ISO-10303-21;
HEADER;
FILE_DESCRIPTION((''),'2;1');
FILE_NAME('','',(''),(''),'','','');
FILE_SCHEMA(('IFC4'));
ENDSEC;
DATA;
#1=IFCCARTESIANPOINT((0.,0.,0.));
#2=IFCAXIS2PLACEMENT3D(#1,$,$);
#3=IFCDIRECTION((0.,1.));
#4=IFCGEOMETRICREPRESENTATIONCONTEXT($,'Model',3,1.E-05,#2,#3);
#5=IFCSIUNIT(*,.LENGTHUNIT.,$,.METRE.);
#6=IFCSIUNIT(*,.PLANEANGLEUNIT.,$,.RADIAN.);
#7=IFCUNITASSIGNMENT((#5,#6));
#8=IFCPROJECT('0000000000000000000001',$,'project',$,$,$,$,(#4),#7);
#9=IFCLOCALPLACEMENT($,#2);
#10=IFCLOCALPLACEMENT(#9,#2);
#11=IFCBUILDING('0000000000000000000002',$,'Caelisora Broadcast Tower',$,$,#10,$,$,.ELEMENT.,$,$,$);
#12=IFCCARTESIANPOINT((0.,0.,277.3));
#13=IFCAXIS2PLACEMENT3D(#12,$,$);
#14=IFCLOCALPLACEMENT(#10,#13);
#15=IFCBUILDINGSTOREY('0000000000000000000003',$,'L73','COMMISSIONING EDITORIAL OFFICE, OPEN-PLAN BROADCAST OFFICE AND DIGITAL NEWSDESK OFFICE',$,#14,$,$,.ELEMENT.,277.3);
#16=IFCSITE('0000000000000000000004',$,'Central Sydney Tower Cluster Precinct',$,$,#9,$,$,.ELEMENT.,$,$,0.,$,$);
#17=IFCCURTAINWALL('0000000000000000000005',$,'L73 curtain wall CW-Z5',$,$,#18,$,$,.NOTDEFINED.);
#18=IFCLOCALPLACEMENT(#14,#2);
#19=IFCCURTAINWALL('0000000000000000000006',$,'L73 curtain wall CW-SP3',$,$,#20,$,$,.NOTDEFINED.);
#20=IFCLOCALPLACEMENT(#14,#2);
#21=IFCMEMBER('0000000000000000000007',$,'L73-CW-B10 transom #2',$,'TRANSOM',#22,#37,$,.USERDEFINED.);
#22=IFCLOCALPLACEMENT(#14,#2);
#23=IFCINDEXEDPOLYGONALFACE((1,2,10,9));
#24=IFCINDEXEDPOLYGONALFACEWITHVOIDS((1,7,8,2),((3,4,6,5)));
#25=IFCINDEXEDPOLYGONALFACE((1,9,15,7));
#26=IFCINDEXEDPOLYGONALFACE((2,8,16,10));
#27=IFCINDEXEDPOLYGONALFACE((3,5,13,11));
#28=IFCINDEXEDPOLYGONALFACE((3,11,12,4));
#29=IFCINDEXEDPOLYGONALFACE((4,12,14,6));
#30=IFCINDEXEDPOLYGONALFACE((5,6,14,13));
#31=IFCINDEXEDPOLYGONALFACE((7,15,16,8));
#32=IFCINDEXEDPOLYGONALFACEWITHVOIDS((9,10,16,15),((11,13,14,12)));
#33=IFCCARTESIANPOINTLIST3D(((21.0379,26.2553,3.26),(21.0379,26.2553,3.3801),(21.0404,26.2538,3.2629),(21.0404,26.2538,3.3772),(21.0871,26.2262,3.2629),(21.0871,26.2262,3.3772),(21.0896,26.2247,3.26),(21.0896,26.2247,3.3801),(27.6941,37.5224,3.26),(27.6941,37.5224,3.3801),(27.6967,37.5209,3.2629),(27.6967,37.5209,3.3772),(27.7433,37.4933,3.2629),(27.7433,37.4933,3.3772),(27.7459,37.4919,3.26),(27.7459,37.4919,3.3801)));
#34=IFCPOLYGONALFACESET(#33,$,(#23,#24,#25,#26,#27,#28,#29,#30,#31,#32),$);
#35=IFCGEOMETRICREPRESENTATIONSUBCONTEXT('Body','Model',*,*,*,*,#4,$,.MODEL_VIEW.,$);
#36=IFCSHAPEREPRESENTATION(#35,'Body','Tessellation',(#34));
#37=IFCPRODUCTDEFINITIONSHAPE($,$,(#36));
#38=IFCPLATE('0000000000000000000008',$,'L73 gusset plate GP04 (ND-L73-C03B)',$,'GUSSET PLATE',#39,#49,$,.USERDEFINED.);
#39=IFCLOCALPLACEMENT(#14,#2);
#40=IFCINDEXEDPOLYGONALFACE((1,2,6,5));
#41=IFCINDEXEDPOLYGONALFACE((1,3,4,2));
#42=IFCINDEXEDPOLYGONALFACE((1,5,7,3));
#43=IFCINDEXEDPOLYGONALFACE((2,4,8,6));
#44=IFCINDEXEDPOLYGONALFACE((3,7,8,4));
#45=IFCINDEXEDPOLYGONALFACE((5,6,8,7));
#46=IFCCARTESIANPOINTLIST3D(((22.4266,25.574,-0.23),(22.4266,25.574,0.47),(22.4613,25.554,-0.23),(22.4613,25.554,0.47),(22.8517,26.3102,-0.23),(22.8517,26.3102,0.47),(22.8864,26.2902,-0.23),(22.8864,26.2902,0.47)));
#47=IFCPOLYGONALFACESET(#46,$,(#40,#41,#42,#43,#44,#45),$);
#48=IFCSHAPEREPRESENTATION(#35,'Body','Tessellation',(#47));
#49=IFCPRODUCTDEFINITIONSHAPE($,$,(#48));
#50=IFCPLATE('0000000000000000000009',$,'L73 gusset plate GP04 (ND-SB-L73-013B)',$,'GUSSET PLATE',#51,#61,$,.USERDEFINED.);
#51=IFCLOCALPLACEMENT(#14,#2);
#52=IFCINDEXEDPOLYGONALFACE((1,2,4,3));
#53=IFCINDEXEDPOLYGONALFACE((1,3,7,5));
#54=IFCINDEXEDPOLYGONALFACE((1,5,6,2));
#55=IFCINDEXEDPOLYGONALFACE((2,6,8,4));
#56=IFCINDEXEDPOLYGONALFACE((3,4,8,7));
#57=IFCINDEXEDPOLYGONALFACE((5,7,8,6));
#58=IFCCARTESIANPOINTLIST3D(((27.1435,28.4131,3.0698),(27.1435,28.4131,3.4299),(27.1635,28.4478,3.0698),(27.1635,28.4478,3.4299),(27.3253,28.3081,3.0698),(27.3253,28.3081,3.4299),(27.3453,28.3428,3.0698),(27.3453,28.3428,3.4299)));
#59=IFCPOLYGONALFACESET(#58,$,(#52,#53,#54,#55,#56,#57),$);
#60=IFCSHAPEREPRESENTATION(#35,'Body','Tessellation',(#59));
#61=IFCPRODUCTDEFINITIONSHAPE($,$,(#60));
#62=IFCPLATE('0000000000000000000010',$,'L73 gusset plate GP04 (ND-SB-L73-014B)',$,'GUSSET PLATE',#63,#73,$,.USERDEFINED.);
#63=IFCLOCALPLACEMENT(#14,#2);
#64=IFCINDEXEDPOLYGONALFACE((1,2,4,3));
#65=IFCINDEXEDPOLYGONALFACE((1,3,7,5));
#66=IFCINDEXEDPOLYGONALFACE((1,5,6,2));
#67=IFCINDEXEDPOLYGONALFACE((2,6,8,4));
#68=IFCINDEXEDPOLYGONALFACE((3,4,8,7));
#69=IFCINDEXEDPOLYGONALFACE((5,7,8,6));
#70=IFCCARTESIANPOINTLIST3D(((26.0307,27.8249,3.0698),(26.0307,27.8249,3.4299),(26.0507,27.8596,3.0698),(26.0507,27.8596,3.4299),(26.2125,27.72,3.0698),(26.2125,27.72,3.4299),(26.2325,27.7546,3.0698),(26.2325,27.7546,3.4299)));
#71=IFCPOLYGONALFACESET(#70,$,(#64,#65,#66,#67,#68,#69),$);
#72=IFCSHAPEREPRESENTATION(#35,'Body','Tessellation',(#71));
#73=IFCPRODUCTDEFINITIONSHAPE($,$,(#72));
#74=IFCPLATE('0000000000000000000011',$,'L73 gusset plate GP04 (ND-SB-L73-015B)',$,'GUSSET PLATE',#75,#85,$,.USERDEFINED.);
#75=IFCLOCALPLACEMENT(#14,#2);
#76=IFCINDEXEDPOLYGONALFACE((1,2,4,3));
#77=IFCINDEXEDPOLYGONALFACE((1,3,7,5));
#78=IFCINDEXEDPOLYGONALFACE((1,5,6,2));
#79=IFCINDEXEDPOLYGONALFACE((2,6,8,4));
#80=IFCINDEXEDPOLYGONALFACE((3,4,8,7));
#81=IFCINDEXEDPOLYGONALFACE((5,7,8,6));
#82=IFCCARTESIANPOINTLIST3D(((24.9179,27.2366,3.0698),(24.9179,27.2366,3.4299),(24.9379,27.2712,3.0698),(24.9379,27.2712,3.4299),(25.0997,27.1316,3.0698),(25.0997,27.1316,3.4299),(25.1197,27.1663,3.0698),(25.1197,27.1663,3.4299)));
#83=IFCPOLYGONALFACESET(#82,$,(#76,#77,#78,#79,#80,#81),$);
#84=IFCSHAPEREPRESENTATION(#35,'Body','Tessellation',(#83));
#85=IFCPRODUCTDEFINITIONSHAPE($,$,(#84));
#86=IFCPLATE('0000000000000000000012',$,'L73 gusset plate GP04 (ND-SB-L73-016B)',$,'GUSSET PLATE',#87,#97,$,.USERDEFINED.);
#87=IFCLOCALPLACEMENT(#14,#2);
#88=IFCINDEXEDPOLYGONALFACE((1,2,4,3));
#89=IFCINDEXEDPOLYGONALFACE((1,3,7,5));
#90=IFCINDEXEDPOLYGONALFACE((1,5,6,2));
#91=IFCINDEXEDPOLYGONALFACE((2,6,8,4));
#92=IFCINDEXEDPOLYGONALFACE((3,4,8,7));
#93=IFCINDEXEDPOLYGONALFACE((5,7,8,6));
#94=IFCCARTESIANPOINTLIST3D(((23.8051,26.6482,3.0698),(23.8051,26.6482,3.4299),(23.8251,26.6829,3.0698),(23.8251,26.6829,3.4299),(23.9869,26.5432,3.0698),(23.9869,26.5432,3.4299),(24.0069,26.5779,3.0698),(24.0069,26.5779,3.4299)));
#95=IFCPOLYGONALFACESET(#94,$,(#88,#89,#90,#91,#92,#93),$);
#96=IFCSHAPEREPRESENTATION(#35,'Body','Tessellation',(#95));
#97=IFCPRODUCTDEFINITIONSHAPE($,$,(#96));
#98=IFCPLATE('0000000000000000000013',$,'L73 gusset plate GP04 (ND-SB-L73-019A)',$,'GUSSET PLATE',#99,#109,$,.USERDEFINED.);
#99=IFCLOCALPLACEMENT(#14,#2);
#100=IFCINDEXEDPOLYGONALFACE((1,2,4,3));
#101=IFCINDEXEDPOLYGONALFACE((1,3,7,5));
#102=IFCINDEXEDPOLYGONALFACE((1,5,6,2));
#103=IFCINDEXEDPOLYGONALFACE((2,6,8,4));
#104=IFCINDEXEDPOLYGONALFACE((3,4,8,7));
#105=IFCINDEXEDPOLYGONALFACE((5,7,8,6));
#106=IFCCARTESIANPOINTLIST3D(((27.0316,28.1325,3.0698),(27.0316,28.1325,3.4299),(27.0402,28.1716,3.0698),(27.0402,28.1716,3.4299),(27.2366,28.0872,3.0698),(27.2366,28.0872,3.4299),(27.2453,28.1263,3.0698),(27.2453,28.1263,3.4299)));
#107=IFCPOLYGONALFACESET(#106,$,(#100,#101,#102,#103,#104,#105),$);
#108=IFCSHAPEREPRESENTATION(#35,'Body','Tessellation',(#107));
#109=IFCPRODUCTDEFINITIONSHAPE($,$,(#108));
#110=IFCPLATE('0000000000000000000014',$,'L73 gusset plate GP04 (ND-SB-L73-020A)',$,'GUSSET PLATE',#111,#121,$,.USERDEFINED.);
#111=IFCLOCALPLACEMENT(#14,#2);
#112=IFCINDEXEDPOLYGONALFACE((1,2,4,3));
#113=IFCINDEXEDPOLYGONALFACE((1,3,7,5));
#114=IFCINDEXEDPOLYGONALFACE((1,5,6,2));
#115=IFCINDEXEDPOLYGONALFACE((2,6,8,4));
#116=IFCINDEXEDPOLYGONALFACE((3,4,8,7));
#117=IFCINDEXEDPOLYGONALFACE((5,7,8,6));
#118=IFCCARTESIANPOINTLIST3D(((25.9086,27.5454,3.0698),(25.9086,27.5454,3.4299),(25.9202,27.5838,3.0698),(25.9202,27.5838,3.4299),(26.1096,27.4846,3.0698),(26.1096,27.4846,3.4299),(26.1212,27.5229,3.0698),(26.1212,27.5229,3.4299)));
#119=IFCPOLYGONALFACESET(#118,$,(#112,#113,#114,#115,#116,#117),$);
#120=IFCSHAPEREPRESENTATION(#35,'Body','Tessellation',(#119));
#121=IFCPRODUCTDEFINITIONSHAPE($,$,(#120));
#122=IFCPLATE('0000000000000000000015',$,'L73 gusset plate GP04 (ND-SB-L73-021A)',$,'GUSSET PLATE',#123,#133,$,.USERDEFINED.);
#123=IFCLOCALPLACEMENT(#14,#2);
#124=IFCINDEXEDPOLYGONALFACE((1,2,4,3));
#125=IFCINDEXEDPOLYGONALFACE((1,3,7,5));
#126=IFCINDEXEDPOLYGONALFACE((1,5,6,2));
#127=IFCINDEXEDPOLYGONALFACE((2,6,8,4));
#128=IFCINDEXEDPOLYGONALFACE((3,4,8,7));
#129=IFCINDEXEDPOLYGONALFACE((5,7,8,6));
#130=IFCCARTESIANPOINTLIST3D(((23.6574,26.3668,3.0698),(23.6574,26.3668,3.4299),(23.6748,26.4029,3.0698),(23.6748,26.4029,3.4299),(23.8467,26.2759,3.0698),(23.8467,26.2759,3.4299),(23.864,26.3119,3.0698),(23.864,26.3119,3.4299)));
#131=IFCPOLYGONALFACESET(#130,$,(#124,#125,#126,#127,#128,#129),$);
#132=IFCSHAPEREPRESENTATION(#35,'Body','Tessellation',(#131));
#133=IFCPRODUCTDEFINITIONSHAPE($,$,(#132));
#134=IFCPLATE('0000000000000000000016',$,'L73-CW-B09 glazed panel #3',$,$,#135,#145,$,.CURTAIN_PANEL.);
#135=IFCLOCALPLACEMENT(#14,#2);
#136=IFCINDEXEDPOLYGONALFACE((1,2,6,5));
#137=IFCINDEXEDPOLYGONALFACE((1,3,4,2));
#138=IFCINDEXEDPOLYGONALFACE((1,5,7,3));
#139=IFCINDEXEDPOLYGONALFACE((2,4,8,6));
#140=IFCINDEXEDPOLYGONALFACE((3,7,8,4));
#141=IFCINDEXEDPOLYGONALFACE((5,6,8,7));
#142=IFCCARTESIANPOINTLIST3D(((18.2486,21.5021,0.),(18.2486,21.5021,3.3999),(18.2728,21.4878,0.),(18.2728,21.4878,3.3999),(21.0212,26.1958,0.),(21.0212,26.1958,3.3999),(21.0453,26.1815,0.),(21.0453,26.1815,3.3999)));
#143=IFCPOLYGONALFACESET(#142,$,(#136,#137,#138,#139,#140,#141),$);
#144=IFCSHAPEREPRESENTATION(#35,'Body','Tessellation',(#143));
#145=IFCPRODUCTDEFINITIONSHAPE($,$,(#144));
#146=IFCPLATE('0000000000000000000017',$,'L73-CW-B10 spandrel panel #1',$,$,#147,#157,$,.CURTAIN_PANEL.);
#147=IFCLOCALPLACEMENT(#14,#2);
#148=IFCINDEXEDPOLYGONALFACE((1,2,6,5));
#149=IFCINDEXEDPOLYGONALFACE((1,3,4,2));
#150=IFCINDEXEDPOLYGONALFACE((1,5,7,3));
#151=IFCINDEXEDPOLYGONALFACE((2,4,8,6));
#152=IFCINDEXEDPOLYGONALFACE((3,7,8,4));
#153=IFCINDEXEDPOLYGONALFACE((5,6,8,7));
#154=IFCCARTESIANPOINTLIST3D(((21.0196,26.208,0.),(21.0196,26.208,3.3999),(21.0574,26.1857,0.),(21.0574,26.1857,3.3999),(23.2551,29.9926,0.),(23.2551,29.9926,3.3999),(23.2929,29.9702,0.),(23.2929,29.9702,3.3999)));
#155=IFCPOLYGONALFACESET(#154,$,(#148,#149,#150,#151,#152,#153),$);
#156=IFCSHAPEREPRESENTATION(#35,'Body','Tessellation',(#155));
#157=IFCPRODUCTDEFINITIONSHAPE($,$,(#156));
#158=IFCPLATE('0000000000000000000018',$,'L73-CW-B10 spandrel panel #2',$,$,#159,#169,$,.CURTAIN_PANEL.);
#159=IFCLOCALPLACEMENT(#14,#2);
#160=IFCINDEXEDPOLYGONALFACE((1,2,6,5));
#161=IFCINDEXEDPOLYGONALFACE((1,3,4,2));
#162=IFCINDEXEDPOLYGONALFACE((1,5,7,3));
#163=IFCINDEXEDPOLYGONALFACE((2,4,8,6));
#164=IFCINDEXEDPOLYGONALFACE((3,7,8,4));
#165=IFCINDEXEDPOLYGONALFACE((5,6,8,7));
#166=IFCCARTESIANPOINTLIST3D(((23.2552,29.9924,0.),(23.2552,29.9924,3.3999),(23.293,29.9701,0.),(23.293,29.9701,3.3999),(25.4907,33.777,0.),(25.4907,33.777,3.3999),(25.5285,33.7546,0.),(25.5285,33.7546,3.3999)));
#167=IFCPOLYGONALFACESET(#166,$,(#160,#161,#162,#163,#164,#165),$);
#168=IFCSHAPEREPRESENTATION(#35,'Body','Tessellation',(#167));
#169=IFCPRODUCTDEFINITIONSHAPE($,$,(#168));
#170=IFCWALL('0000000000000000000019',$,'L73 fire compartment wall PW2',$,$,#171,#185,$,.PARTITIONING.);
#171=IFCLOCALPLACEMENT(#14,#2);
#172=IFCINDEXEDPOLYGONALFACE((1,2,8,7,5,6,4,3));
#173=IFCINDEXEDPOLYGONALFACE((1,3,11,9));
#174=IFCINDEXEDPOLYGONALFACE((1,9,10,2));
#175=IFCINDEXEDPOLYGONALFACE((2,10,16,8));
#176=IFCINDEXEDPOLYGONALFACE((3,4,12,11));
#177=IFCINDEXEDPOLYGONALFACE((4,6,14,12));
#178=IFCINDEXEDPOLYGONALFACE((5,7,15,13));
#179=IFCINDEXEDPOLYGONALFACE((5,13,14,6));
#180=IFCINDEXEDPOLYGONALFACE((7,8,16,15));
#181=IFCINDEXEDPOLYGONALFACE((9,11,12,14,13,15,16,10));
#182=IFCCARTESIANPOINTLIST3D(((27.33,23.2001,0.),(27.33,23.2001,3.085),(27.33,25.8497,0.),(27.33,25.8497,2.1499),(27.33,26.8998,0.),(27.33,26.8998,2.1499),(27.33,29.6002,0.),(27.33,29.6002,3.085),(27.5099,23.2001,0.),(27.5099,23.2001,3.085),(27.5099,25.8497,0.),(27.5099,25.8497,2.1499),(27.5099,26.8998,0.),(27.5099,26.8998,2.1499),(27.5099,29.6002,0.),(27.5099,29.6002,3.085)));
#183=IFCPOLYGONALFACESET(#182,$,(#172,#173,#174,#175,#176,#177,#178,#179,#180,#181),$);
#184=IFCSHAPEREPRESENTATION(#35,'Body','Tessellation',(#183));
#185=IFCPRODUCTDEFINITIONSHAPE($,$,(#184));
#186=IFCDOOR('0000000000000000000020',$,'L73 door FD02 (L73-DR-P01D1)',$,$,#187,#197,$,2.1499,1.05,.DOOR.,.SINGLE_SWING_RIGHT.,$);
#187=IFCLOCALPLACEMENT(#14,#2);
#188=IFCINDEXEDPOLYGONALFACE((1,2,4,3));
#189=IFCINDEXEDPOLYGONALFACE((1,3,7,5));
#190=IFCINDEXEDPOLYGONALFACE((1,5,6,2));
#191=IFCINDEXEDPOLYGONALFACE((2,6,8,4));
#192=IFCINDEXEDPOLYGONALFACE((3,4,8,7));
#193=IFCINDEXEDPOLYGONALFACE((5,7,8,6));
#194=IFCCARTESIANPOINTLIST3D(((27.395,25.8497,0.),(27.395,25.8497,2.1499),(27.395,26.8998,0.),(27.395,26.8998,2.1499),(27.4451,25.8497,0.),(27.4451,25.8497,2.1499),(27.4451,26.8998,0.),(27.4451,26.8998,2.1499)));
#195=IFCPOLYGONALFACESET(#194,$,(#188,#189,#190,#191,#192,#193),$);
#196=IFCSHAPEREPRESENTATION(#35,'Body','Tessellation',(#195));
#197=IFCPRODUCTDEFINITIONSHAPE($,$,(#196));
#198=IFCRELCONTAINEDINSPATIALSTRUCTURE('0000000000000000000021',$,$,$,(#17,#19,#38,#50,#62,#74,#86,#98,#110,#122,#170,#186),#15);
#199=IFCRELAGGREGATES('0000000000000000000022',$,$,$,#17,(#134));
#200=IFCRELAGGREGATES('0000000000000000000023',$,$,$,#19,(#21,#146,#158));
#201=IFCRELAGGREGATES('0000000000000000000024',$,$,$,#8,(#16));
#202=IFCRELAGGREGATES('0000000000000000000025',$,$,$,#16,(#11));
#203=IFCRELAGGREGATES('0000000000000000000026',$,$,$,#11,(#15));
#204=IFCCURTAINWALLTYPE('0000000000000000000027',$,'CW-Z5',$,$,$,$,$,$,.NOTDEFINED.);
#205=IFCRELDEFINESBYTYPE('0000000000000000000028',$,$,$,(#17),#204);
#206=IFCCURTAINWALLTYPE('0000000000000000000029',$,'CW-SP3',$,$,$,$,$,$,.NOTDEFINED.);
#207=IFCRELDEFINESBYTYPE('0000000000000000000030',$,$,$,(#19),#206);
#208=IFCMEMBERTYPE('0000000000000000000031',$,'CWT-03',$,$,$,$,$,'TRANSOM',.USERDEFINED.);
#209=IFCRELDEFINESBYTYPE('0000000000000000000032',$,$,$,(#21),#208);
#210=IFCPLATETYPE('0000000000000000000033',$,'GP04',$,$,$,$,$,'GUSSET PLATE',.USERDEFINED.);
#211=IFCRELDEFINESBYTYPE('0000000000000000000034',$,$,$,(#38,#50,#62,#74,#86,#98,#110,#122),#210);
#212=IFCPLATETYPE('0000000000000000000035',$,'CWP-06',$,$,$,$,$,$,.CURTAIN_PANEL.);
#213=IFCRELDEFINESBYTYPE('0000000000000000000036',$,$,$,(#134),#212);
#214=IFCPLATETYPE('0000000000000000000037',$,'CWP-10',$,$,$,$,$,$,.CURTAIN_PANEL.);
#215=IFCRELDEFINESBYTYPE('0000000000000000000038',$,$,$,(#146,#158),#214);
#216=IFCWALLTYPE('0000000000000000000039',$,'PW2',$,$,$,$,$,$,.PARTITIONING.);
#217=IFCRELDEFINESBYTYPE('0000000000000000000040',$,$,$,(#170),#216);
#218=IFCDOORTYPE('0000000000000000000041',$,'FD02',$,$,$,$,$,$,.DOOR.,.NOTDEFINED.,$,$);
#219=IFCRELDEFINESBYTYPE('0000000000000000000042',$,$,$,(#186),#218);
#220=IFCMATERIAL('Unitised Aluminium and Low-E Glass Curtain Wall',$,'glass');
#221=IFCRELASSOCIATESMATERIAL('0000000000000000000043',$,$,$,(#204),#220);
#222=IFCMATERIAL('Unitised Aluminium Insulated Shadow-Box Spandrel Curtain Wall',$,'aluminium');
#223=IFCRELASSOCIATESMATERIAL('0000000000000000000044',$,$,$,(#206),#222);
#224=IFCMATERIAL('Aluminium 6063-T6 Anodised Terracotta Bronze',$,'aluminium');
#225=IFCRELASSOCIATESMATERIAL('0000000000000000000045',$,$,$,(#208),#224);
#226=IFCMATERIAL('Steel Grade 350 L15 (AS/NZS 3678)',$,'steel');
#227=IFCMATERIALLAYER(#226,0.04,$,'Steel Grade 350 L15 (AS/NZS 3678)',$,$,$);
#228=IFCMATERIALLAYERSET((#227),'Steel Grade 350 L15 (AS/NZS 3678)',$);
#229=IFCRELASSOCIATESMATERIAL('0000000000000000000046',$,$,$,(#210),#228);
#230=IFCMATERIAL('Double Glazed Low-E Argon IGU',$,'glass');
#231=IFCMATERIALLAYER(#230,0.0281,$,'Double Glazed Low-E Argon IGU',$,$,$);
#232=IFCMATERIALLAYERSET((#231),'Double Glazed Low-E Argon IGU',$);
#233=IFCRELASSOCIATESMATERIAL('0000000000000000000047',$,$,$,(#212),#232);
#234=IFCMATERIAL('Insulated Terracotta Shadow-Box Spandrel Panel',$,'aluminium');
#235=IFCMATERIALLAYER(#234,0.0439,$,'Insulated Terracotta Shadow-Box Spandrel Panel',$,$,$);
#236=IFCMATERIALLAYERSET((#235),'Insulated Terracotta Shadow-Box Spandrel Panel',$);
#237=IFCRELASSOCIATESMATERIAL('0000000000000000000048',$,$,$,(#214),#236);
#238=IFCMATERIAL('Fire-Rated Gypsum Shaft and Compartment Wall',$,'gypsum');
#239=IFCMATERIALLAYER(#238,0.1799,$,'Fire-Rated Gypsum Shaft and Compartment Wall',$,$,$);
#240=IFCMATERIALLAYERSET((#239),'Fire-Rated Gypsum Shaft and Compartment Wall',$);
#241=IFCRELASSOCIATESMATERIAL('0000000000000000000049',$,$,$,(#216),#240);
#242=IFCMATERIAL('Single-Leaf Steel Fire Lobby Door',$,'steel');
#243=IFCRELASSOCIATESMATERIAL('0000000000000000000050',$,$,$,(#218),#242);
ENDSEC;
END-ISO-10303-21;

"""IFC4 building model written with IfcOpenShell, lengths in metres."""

from ifc_helpers import new_model, si_unit, direction, frame, frame_2d, origin, origin_2d, place, context, subcontext, project, spatial, rectangle, hollow_rectangle, extrude, source, transform, mapped, material, layer, layer_set, material_profile, profile_set, type_object, type_shapes, element, fill, aggregate, save


model = new_model("IFC4")

# Units and contexts
model_context = context("Model", 3, precision=1e-05, world=origin(), true_north=direction((0.0, 1.0)))
body_context = subcontext(model_context, "Body", "Model", "MODEL_VIEW")
ifc_project = project(units=[si_unit("LENGTHUNIT", "METRE"), si_unit("PLANEANGLEUNIT", "RADIAN")], contexts=[model_context])

# Site, building, storey
site_placement = place(None, origin())
site = spatial("IfcSite", under=ifc_project, at=site_placement, Name="Central Sydney Tower Cluster Precinct", CompositionType="ELEMENT", RefElevation=0.0)
building_placement = place(site_placement, origin())
building = spatial("IfcBuilding", under=site, at=building_placement, Name="Caelisora Broadcast Tower", CompositionType="ELEMENT")
storey_placement = place(building_placement, frame((0.0, 0.0, 277.3)))
storey = spatial("IfcBuildingStorey", under=building, at=storey_placement, Name="L73", Description="COMMISSIONING EDITORIAL OFFICE, OPEN-PLAN BROADCAST OFFICE AND DIGITAL NEWSDESK OFFICE", CompositionType="ELEMENT", Elevation=277.3)

# Shared definitions
ifc_material_1 = material(Name="Steel Grade 350 L15 (AS/NZS 3678)", Category="steel")

# Curtain wall
ifc_material_2 = material(Name="Unitised Aluminium and Low-E Glass Curtain Wall", Category="glass")
curtain_wall_type_1 = type_object("IfcCurtainWallType", Name="CW-Z5", PredefinedType="NOTDEFINED", material=ifc_material_2)
curtain_wall_1_placement = place(storey_placement, origin())
curtain_wall_1 = element("IfcCurtainWall", 1, at=curtain_wall_1_placement, inside=storey, type_object=curtain_wall_type_1, Name="L73 curtain wall CW-Z5", PredefinedType="NOTDEFINED")
ifc_material_3 = material(Name="Aluminium 6063-T6 Anodised Terracotta Bronze", Category="aluminium")

# Curtain wall, member
ifc_material_4 = material(Name="Unitised Aluminium Insulated Shadow-Box Spandrel Curtain Wall", Category="aluminium")
curtain_wall_type_2 = type_object("IfcCurtainWallType", Name="CW-SP3", PredefinedType="NOTDEFINED", material=ifc_material_4)
curtain_wall_2_placement = place(storey_placement, origin())
curtain_wall_2 = element("IfcCurtainWall", 2, at=curtain_wall_2_placement, inside=storey, type_object=curtain_wall_type_2, Name="L73 curtain wall CW-SP3", PredefinedType="NOTDEFINED")
ifc_material_profile_1 = material_profile(ifc_material_3, hollow_rectangle(XDim=0.0601, YDim=0.1201, WallThickness=0.0029, at=origin_2d()), Name="Aluminium 6063-T6 Anodised Terracotta Bronze")
ifc_profile_set_1 = profile_set([ifc_material_profile_1], Name="Aluminium 6063-T6 Anodised Terracotta Bronze")
member_type_1 = type_object("IfcMemberType", Name="CWT-03", ElementType="TRANSOM", PredefinedType="USERDEFINED", material=ifc_profile_set_1)
shared_shape_1 = source(origin(), body_context, "Body", "SweptSolid", [
    extrude(hollow_rectangle(XDim=0.0601, YDim=0.1201, WallThickness=0.0029, at=origin_2d()), origin(), (0.0, 0.0, 1.0), 13.0864),
])
type_shapes(member_type_1, [shared_shape_1])
member_1_placement = place(storey_placement, frame((21.0637, 26.24, 3.3201), z_axis=(0.50864, 0.860979, 0.0), x_axis=(-0.860979, 0.50864, 0.0)))
member_1 = element("IfcMember", 3, at=member_1_placement, type_object=member_type_1, Name="L73-CW-B10 transom #2", ObjectType="TRANSOM", PredefinedType="USERDEFINED", context=body_context, shape_type="MappedRepresentation", body=[
    mapped(shared_shape_1, transform((0.0, 0.0, 0.0), scale=1.0)),
])

# Plates
ifc_layer_1 = layer(ifc_material_1, 0.04, Name="Steel Grade 350 L15 (AS/NZS 3678)")
ifc_layer_set_1 = layer_set([ifc_layer_1], Name="Steel Grade 350 L15 (AS/NZS 3678)")
plate_type_1 = type_object("IfcPlateType", Name="GP04", ElementType="GUSSET PLATE", PredefinedType="USERDEFINED", material=ifc_layer_set_1)
shared_shape_2 = source(origin(), body_context, "Body", "SweptSolid", [
    extrude(rectangle(XDim=0.8501, YDim=0.04, at=origin_2d()), origin(), (0.0, 0.0, 1.0), 0.7),
])
plate_1_placement = place(storey_placement, frame((22.6565, 25.9321, -0.23), z_axis=(0.0, 0.0, 1.0), x_axis=(-0.5, -0.866025, 0.0)))
element("IfcPlate", 4, at=plate_1_placement, inside=storey, type_object=plate_type_1, Name="L73 gusset plate GP04 (ND-L73-C03B)", ObjectType="GUSSET PLATE", PredefinedType="USERDEFINED", context=body_context, shape_type="MappedRepresentation", body=[
    mapped(shared_shape_2, transform((0.0, 0.0, 0.0), scale=1.0)),
])
shared_shape_3 = source(origin(), body_context, "Body", "SweptSolid", [
    extrude(rectangle(XDim=0.21, YDim=0.04, at=origin_2d()), origin(), (0.0, 0.0, 1.0), 0.3601),
])
type_shapes(plate_type_1, [shared_shape_2, shared_shape_3])
for number, where, z_axis, x_axis, name in (
    (5, (27.2444, 28.3779, 3.0698), (0.0, 0.0, 1.0), (0.866025, -0.5, 0.0), "L73 gusset plate GP04 (ND-SB-L73-013B)"),
    (6, (26.1316, 27.7898, 3.0698), (0.0, 0.0, 1.0), (0.866025, -0.5, 0.0), "L73 gusset plate GP04 (ND-SB-L73-014B)"),
    (7, (25.0188, 27.2014, 3.0698), (0.0, 0.0, 1.0), (0.866025, -0.5, 0.0), "L73 gusset plate GP04 (ND-SB-L73-015B)"),
    (8, (23.906, 26.613, 3.0698), (0.0, 0.0, 1.0), (0.866025, -0.5, 0.0), "L73 gusset plate GP04 (ND-SB-L73-016B)"),
    (9, (27.1384, 28.1294, 3.0698), (0.0, 0.0, 1.0), (0.976447, -0.215758, 0.0), "L73 gusset plate GP04 (ND-SB-L73-019A)"),
    (10, (26.0149, 27.5342, 3.0698), (0.0, 0.0, 1.0), (0.957117, -0.2897, 0.0), "L73 gusset plate GP04 (ND-SB-L73-020A)"),
    (11, (23.7607, 26.3394, 3.0698), (0.0, 0.0, 1.0), (0.90138, -0.43303, 0.0), "L73 gusset plate GP04 (ND-SB-L73-021A)"),
):
    element("IfcPlate", number, at=place(storey_placement, frame(where, z_axis=z_axis, x_axis=x_axis)), inside=storey, type_object=plate_type_1, Name=name, ObjectType="GUSSET PLATE", PredefinedType="USERDEFINED", context=body_context, shape_type="MappedRepresentation", body=[
        mapped(shared_shape_3, transform((0.0, 0.0, 0.0), scale=1.0)),
    ])

# Plates
ifc_material_5 = material(Name="Double Glazed Low-E Argon IGU", Category="glass")
ifc_layer_2 = layer(ifc_material_5, 0.0281, Name="Double Glazed Low-E Argon IGU")
ifc_layer_set_2 = layer_set([ifc_layer_2], Name="Double Glazed Low-E Argon IGU")
plate_type_2 = type_object("IfcPlateType", Name="CWP-06", PredefinedType="CURTAIN_PANEL", material=ifc_layer_set_2)
shared_shape_4 = source(origin(), body_context, "Body", "SweptSolid", [
    extrude(rectangle(XDim=5.4514, YDim=0.0281, at=origin_2d()), origin(), (0.0, 0.0, 1.0), 3.3999),
])
type_shapes(plate_type_2, [shared_shape_4])
plate_2_placement = place(storey_placement, frame((19.647, 23.8418, 0.0), z_axis=(0.0, 0.0, 1.0), x_axis=(0.508591, 0.861008, 0.0)))
plate_2 = element("IfcPlate", 12, at=plate_2_placement, type_object=plate_type_2, Name="L73-CW-B09 glazed panel #3", PredefinedType="CURTAIN_PANEL", context=body_context, shape_type="MappedRepresentation", body=[
    mapped(shared_shape_4, transform((0.0, 0.0, 0.0), scale=1.0)),
])
aggregate(curtain_wall_1, [plate_2])
ifc_material_6 = material(Name="Insulated Terracotta Shadow-Box Spandrel Panel", Category="aluminium")
ifc_layer_3 = layer(ifc_material_6, 0.0439, Name="Insulated Terracotta Shadow-Box Spandrel Panel")
ifc_layer_set_3 = layer_set([ifc_layer_3], Name="Insulated Terracotta Shadow-Box Spandrel Panel")
plate_type_3 = type_object("IfcPlateType", Name="CWP-10", PredefinedType="CURTAIN_PANEL", material=ifc_layer_set_3)
shared_shape_5 = source(origin(), body_context, "Body", "SweptSolid", [
    extrude(rectangle(XDim=4.3955, YDim=0.0439, at=origin_2d()), origin(), (0.0, 0.0, 1.0), 3.3999),
])
type_shapes(plate_type_3, [shared_shape_5])
plate_3_placement = place(storey_placement, frame((22.1562, 28.0891, 0.0), z_axis=(0.0, 0.0, 1.0), x_axis=(0.508591, 0.861008, 0.0)))
plate_3 = element("IfcPlate", 13, at=plate_3_placement, type_object=plate_type_3, Name="L73-CW-B10 spandrel panel #1", PredefinedType="CURTAIN_PANEL", context=body_context, shape_type="MappedRepresentation", body=[
    mapped(shared_shape_5, transform((0.0, 0.0, 0.0), scale=1.0)),
])
plate_4_placement = place(storey_placement, frame((24.3918, 31.8735, 0.0), z_axis=(0.0, 0.0, 1.0), x_axis=(0.508591, 0.861008, 0.0)))
plate_4 = element("IfcPlate", 14, at=plate_4_placement, type_object=plate_type_3, Name="L73-CW-B10 spandrel panel #2", PredefinedType="CURTAIN_PANEL", context=body_context, shape_type="MappedRepresentation", body=[
    mapped(shared_shape_5, transform((0.0, 0.0, 0.0), scale=1.0)),
])
aggregate(curtain_wall_2, [member_1, plate_3, plate_4])

# Wall, opening, door
ifc_material_7 = material(Name="Fire-Rated Gypsum Shaft and Compartment Wall", Category="gypsum")
ifc_layer_4 = layer(ifc_material_7, 0.1799, Name="Fire-Rated Gypsum Shaft and Compartment Wall")
ifc_layer_set_4 = layer_set([ifc_layer_4], Name="Fire-Rated Gypsum Shaft and Compartment Wall")
wall_type_1 = type_object("IfcWallType", Name="PW2", PredefinedType="PARTITIONING", material=ifc_layer_set_4)
wall_1_placement = place(storey_placement, frame((27.4199, 23.2, 0.0), z_axis=(0.0, 0.0, 1.0), x_axis=(0.0, 1.0, 0.0)))
wall_1 = element("IfcWall", 15, at=wall_1_placement, inside=storey, type_object=wall_type_1, Name="L73 fire compartment wall PW2", PredefinedType="PARTITIONING", context=body_context, shape_type="SweptSolid", body=[
    extrude(rectangle(XDim=6.4001, YDim=0.1799, at=frame_2d((3.2002, 0.0))), origin(), (0.0, 0.0, 1.0), 3.085),
])
opening_placement = place(wall_1_placement, frame((2.6499, 0.0, 0.0)))
opening = element("IfcOpeningElement", 16, at=opening_placement, cuts=wall_1, PredefinedType="OPENING", context=body_context, shape_type="SweptSolid", body=[
    extrude(rectangle(XDim=1.05, YDim=2.1499, at=frame_2d((0.5249, 1.075))), frame((0.0, 0.1021, 0.0), z_axis=(0.0, -1.0, 0.0), x_axis=(1.0, 0.0, 0.0)), (0.0, 0.0, 1.0), 0.2039),
])
ifc_material_8 = material(Name="Single-Leaf Steel Fire Lobby Door", Category="steel")
door_type = type_object("IfcDoorType", Name="FD02", OperationType="NOTDEFINED", PredefinedType="DOOR", material=ifc_material_8)
door_placement = place(opening_placement, origin())
door = element("IfcDoor", 17, at=door_placement, inside=storey, type_object=door_type, Name="L73 door FD02 (L73-DR-P01D1)", OperationType="SINGLE_SWING_RIGHT", OverallHeight=2.1499, OverallWidth=1.05, PredefinedType="DOOR", context=body_context, shape_type="SweptSolid", body=[
    extrude(rectangle(XDim=1.05, YDim=2.1499, at=frame_2d((0.5249, 1.075))), frame((0.0, 0.0249, 0.0), z_axis=(0.0, -1.0, 0.0), x_axis=(1.0, 0.0, 0.0)), (0.0, 0.0, 1.0), 0.05),
])
fill(opening, door)

save(model, "model.ifc")
